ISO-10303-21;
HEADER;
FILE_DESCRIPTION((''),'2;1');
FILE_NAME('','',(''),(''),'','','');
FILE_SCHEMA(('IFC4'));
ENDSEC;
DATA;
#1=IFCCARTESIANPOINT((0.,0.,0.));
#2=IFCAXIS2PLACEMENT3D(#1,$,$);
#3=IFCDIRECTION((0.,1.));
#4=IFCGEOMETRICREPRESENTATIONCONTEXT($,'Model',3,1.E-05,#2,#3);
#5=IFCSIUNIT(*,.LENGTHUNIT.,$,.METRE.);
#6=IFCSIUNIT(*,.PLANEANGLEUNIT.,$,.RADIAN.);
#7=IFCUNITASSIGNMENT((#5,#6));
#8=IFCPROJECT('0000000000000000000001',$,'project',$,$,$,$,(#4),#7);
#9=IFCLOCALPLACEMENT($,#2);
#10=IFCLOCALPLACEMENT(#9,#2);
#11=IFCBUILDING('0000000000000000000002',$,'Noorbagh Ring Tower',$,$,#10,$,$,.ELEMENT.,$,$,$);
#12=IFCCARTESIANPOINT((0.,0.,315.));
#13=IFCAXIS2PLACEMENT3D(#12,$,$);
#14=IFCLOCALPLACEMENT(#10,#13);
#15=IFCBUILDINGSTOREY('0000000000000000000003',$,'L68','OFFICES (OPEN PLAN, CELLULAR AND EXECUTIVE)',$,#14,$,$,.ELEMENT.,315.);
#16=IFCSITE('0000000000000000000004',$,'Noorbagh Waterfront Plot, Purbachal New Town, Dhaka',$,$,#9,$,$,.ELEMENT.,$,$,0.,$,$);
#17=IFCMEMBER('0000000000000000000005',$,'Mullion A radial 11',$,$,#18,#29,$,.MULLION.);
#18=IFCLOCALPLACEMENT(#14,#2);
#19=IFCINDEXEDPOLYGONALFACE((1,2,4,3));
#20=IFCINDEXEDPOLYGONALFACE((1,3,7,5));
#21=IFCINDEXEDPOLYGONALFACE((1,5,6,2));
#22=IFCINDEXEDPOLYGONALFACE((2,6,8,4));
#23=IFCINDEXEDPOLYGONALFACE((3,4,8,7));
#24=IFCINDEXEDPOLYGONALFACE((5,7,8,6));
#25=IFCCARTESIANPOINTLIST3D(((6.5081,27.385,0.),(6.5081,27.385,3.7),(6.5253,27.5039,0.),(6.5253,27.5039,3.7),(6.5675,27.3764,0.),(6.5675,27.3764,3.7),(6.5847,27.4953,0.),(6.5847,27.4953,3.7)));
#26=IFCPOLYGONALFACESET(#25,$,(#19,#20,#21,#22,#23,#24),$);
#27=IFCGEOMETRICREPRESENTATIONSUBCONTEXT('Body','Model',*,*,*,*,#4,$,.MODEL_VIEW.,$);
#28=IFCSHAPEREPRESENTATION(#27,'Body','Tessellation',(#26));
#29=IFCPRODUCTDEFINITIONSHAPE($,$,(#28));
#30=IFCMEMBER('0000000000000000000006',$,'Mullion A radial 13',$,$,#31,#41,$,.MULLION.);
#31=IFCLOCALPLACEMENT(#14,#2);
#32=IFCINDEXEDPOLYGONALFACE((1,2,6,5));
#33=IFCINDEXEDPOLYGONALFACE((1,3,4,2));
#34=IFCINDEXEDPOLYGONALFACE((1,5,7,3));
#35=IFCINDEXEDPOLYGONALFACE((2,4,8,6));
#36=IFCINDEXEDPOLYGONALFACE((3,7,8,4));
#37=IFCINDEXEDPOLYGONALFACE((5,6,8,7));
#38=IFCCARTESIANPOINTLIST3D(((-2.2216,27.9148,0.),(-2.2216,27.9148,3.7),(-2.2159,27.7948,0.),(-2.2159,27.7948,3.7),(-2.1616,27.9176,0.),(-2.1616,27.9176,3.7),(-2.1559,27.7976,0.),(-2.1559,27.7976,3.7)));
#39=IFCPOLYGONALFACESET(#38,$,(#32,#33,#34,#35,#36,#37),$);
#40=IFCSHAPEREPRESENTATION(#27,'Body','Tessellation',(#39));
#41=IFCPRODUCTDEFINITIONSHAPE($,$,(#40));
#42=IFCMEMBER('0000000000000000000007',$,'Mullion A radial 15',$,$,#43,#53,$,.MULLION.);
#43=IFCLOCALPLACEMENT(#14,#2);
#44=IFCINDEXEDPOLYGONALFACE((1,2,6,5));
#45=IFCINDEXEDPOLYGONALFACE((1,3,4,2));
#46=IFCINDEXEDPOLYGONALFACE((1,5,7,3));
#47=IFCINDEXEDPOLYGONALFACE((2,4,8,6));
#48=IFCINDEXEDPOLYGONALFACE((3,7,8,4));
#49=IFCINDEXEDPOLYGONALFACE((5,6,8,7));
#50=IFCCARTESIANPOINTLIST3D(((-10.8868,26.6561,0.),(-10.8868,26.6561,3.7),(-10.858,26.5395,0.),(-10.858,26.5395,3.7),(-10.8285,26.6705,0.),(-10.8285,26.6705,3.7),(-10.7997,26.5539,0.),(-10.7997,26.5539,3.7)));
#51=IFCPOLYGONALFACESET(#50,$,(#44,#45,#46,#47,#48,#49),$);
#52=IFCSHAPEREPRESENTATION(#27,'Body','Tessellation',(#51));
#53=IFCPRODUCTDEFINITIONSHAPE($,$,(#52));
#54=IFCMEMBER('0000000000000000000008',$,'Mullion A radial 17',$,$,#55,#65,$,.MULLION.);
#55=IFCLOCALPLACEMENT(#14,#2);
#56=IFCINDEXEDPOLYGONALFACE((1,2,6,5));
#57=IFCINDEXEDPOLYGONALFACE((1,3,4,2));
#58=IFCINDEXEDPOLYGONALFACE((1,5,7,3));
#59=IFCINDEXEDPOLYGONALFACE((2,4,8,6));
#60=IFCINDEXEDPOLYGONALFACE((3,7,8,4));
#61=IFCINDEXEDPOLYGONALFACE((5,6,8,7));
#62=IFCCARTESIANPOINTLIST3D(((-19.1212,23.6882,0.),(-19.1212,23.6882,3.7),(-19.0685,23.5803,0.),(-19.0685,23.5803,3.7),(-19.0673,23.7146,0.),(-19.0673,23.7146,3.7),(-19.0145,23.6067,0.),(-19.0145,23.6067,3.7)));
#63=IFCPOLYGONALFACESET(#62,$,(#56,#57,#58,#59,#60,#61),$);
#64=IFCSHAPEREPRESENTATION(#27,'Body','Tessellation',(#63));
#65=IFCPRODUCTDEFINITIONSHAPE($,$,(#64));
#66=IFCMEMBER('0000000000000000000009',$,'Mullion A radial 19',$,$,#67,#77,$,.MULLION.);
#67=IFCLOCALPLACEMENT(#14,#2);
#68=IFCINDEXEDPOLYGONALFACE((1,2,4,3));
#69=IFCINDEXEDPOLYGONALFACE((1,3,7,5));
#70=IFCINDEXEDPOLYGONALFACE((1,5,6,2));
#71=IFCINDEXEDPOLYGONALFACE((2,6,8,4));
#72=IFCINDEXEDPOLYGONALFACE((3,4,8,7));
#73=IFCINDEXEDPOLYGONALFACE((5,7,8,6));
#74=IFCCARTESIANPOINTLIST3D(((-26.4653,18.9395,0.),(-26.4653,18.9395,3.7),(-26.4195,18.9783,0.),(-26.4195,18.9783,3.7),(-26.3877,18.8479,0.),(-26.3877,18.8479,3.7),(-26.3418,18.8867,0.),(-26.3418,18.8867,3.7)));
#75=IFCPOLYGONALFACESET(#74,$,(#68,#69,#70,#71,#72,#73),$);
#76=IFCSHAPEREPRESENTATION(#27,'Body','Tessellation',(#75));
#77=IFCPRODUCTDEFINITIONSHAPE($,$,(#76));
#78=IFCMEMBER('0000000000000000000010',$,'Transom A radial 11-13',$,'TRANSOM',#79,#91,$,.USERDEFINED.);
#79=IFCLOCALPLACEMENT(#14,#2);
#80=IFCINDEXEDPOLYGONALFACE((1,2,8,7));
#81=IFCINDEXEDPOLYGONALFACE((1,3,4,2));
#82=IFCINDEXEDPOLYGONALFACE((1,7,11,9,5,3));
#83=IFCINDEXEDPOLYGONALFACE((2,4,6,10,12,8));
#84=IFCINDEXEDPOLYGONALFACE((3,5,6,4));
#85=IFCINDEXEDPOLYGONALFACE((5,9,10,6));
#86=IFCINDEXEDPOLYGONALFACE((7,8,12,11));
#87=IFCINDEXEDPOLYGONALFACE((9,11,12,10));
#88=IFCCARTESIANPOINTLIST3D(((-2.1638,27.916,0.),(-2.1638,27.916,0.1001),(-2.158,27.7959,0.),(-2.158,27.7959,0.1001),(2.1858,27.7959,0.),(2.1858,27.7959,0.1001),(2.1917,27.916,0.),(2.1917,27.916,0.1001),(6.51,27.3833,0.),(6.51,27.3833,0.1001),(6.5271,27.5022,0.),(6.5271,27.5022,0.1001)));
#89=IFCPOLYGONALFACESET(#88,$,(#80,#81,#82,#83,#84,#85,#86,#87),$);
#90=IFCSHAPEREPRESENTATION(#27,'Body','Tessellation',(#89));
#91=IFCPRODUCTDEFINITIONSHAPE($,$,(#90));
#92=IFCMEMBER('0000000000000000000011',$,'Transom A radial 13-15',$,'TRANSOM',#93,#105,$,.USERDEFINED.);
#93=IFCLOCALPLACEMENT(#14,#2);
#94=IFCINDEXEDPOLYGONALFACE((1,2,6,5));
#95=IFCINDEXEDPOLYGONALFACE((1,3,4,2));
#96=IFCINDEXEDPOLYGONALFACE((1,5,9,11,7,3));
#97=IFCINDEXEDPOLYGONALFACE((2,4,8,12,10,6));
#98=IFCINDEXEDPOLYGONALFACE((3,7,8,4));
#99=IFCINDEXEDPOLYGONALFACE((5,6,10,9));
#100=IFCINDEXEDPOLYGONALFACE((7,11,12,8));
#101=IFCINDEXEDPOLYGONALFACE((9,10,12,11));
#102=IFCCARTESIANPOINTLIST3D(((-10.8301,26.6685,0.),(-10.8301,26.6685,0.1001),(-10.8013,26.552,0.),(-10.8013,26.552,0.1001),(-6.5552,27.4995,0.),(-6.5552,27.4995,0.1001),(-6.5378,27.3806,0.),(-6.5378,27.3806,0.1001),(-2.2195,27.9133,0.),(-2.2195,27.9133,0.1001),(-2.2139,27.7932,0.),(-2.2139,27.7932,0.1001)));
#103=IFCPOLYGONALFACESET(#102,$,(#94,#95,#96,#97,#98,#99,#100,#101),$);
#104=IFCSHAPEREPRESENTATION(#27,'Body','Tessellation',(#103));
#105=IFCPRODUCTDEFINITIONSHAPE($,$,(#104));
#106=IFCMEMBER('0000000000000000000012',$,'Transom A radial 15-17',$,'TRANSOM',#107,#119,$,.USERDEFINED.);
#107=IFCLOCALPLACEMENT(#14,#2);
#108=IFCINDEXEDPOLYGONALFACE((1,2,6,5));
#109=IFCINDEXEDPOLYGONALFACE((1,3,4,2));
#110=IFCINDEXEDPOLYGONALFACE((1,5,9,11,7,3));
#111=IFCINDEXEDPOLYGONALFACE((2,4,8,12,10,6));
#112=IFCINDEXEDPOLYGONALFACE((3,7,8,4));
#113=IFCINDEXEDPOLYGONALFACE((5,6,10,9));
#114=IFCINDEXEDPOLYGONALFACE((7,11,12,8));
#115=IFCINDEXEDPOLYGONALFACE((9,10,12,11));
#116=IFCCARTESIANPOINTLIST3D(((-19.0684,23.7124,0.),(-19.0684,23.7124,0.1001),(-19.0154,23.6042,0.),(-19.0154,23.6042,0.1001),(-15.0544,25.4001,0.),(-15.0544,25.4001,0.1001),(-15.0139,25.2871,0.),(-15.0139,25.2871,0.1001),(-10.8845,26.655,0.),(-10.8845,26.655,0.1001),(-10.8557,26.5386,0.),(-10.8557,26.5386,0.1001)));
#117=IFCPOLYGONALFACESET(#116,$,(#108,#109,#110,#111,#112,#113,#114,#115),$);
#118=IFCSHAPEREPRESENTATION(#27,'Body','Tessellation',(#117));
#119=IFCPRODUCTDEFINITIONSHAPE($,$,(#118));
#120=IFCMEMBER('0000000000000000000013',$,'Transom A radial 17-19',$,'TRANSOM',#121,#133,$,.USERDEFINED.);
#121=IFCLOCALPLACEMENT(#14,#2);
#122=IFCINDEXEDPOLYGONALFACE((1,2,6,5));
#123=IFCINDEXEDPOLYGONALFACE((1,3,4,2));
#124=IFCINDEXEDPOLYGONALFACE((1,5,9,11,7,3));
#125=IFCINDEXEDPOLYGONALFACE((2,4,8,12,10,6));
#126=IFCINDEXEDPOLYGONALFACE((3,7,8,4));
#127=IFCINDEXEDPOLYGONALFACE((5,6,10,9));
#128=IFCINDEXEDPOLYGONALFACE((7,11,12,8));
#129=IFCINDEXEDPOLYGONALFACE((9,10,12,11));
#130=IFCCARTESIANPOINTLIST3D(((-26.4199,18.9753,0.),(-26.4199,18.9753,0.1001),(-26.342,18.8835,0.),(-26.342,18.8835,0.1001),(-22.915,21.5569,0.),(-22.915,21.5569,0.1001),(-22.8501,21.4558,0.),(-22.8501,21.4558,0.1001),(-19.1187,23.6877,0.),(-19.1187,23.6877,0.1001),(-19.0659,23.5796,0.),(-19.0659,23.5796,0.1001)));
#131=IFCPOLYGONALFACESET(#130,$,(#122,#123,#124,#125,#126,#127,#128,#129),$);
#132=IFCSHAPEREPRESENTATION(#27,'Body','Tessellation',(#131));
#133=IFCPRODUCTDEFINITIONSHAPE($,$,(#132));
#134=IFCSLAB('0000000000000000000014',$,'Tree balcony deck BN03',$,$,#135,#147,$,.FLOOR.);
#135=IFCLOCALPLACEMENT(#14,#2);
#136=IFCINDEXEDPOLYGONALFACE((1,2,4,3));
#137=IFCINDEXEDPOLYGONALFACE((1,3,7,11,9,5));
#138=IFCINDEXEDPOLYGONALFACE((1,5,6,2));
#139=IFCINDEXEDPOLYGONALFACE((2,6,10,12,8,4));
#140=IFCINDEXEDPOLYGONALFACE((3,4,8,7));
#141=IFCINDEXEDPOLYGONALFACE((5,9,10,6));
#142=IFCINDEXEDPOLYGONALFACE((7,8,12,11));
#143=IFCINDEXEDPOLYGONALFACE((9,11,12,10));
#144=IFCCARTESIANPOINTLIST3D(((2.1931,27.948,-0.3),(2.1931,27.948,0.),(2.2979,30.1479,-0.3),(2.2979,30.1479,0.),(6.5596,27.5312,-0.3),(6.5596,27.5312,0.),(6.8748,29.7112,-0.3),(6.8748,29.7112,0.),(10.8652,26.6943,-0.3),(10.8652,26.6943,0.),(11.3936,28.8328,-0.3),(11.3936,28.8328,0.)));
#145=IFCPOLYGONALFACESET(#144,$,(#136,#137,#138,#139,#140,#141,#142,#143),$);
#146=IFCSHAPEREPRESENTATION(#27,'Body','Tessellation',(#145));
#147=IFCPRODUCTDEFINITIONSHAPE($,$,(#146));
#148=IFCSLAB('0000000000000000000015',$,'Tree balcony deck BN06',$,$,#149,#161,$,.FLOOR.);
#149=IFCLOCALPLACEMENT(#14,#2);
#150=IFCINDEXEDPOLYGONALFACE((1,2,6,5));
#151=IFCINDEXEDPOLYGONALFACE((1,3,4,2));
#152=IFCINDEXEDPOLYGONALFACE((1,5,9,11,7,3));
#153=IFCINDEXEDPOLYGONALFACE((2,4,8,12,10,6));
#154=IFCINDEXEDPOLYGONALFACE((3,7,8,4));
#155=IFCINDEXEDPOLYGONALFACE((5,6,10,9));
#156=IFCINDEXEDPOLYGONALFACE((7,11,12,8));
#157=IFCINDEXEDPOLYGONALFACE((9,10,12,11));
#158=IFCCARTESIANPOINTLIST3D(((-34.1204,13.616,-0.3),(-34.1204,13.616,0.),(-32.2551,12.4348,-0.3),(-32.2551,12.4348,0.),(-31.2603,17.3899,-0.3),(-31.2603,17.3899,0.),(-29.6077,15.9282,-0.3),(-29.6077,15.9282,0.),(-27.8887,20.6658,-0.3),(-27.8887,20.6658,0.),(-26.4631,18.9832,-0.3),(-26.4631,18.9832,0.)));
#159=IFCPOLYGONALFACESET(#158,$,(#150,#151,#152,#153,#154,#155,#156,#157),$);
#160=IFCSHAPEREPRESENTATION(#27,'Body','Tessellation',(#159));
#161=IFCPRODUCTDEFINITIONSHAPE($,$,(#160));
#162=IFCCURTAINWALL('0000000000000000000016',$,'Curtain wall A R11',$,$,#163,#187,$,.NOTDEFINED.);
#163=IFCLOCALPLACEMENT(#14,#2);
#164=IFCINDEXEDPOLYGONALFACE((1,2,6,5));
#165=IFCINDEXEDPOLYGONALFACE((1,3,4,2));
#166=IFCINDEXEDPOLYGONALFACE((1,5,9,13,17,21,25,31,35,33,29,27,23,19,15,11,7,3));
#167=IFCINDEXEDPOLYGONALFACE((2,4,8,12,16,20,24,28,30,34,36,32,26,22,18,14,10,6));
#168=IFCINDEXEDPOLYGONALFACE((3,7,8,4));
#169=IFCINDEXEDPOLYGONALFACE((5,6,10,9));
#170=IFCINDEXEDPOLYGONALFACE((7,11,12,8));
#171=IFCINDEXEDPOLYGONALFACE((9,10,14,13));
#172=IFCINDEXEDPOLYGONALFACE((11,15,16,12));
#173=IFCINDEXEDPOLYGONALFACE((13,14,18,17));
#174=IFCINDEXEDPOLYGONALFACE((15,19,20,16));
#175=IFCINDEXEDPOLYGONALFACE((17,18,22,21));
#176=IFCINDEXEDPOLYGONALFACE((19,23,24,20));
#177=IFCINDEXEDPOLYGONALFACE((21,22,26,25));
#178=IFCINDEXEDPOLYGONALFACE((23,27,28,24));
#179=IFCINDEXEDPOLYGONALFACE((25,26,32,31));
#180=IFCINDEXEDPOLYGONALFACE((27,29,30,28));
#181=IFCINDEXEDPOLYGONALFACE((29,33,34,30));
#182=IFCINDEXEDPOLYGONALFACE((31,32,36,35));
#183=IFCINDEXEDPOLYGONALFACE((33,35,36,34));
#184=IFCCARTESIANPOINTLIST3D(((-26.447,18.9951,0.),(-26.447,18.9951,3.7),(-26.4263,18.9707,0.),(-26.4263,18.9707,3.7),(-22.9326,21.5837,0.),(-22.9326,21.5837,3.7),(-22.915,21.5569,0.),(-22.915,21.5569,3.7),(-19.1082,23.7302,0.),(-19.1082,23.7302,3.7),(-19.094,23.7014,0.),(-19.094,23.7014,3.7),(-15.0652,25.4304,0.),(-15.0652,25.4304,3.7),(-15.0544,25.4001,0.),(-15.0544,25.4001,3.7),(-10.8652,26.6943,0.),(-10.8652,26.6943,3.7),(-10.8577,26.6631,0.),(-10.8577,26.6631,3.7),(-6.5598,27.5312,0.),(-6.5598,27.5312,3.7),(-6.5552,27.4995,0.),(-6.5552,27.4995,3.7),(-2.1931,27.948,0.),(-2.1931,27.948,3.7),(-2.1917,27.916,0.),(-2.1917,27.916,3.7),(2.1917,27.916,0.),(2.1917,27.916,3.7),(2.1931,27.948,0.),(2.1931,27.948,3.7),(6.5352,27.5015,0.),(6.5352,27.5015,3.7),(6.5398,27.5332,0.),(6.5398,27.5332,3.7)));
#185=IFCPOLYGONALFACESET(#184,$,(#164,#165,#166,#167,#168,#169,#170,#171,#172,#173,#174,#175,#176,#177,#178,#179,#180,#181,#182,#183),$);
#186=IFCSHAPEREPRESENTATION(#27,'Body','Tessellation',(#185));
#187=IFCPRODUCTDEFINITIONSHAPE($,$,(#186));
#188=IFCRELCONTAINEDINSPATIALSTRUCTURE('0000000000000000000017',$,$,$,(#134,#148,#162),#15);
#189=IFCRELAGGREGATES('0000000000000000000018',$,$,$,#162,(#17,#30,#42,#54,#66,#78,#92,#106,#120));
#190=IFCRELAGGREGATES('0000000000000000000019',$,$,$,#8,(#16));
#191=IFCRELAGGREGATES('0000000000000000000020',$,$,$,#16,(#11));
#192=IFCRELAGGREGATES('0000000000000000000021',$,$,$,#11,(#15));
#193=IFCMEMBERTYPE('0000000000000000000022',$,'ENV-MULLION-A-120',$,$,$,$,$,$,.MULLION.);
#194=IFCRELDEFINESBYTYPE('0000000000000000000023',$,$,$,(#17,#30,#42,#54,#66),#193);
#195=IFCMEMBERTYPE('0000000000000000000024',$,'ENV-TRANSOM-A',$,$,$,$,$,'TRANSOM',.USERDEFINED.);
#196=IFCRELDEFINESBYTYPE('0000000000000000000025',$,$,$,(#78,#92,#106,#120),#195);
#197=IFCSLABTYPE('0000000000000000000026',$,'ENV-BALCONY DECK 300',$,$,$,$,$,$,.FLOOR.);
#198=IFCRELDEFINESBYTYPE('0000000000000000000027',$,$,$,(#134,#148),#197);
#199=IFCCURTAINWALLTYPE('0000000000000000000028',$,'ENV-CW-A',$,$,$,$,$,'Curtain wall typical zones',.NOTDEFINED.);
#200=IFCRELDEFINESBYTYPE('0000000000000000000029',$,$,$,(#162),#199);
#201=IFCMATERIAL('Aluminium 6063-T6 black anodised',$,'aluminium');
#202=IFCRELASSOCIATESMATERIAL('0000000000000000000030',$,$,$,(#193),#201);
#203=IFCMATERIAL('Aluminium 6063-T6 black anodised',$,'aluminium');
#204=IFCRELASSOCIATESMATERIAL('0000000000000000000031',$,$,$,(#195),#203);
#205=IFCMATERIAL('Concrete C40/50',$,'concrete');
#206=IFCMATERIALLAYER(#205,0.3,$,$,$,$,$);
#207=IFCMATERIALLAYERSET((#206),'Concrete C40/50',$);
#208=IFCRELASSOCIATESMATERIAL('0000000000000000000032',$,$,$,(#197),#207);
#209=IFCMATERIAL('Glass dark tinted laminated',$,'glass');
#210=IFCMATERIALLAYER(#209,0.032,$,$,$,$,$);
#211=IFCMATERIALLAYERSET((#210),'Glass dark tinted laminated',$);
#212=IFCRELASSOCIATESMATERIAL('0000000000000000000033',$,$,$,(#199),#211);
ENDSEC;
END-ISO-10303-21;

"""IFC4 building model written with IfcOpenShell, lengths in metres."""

from ifc_helpers import new_model, si_unit, direction, frame, origin, origin_2d, place, context, subcontext, project, spatial, polyline, rectangle, outline, extrude, material, layer, layer_set, material_profile, profile_set, type_object, element, aggregate, save


model = new_model("IFC4")

# Units and contexts
model_context = context("Model", 3, precision=1e-05, world=origin(), true_north=direction((0.0, 1.0)))
body_context = subcontext(model_context, "Body", "Model", "MODEL_VIEW")
ifc_project = project(units=[si_unit("LENGTHUNIT", "METRE"), si_unit("PLANEANGLEUNIT", "RADIAN")], contexts=[model_context])

# Members
ifc_material_1 = material(Name="Aluminium 6063-T6 black anodised", Category="aluminium")
ifc_material_profile = material_profile(ifc_material_1, rectangle(XDim=0.1201, YDim=0.0601, at=origin_2d()), Name="120x60")
ifc_profile_set = profile_set([ifc_material_profile], Name="Aluminium 6063-T6 black anodised")
member_type_1 = type_object("IfcMemberType", Name="ENV-MULLION-A-120", PredefinedType="MULLION", material=ifc_profile_set)
site_placement = place(None, origin())
building_placement = place(site_placement, origin())
storey_placement = place(building_placement, frame((0.0, 0.0, 315.0)))
member_1_placement = place(storey_placement, frame((6.5464, 27.4402, 0.0), z_axis=(0.0, 0.0, 1.0), x_axis=(-0.143082, -0.989711, 0.0)))
member_1 = element("IfcMember", 1, at=member_1_placement, type_object=member_type_1, Name="Mullion A radial 11", PredefinedType="MULLION", context=body_context, shape_type="SweptSolid", body=[
    extrude(rectangle(XDim=0.1201, YDim=0.0601, at=origin_2d()), origin(), (0.0, 0.0, 1.0), 3.7),
])
member_2_placement = place(storey_placement, frame((-2.1887, 27.8562, 0.0), z_axis=(0.0, 0.0, 1.0), x_axis=(0.047558, -0.998868, 0.0)))
member_2 = element("IfcMember", 2, at=member_2_placement, type_object=member_type_1, Name="Mullion A radial 13", PredefinedType="MULLION", context=body_context, shape_type="SweptSolid", body=[
    extrude(rectangle(XDim=0.1201, YDim=0.0601, at=origin_2d()), origin(), (0.0, 0.0, 1.0), 3.7),
])
member_3_placement = place(storey_placement, frame((-10.8433, 26.605, 0.0), z_axis=(0.0, 0.0, 1.0), x_axis=(0.239799, -0.970823, 0.0)))
member_3 = element("IfcMember", 3, at=member_3_placement, type_object=member_type_1, Name="Mullion A radial 15", PredefinedType="MULLION", context=body_context, shape_type="SweptSolid", body=[
    extrude(rectangle(XDim=0.1201, YDim=0.0601, at=origin_2d()), origin(), (0.0, 0.0, 1.0), 3.7),
])
member_4_placement = place(storey_placement, frame((-19.0679, 23.6475, 0.0), z_axis=(0.0, 0.0, 1.0), x_axis=(0.439238, -0.898371, 0.0)))
member_4 = element("IfcMember", 4, at=member_4_placement, type_object=member_type_1, Name="Mullion A radial 17", PredefinedType="MULLION", context=body_context, shape_type="SweptSolid", body=[
    extrude(rectangle(XDim=0.1201, YDim=0.0601, at=origin_2d()), origin(), (0.0, 0.0, 1.0), 3.7),
])
member_5_placement = place(storey_placement, frame((-26.4036, 18.9131, 0.0), z_axis=(0.0, 0.0, 1.0), x_axis=(0.646451, -0.762955, 0.0)))
member_5 = element("IfcMember", 5, at=member_5_placement, type_object=member_type_1, Name="Mullion A radial 19", PredefinedType="MULLION", context=body_context, shape_type="SweptSolid", body=[
    extrude(rectangle(XDim=0.1201, YDim=0.0601, at=origin_2d()), origin(), (0.0, 0.0, 1.0), 3.7),
])
ifc_material_2 = material(Name="Aluminium 6063-T6 black anodised", Category="aluminium")
member_type_2 = type_object("IfcMemberType", Name="ENV-TRANSOM-A", ElementType="TRANSOM", PredefinedType="USERDEFINED", material=ifc_material_2)
member_6_placement = place(storey_placement, origin())
member_6 = element("IfcMember", 6, at=member_6_placement, type_object=member_type_2, Name="Transom A radial 11-13", ObjectType="TRANSOM", PredefinedType="USERDEFINED", context=body_context, shape_type="SweptSolid", body=[
    extrude(outline(polyline([(6.5271, 27.5022), (2.1917, 27.916), (-2.1638, 27.916), (-2.158, 27.7959), (2.1858, 27.7959), (6.51, 27.3833), (6.5271, 27.5022)])), origin(), (0.0, 0.0, 1.0), 0.1001),
])
member_7_placement = place(storey_placement, origin())
member_7 = element("IfcMember", 7, at=member_7_placement, type_object=member_type_2, Name="Transom A radial 13-15", ObjectType="TRANSOM", PredefinedType="USERDEFINED", context=body_context, shape_type="SweptSolid", body=[
    extrude(outline(polyline([(-2.2195, 27.9133), (-6.5552, 27.4995), (-10.8301, 26.6685), (-10.8013, 26.552), (-6.5378, 27.3806), (-2.2139, 27.7932), (-2.2195, 27.9133)])), origin(), (0.0, 0.0, 1.0), 0.1001),
])
member_8_placement = place(storey_placement, origin())
member_8 = element("IfcMember", 8, at=member_8_placement, type_object=member_type_2, Name="Transom A radial 15-17", ObjectType="TRANSOM", PredefinedType="USERDEFINED", context=body_context, shape_type="SweptSolid", body=[
    extrude(outline(polyline([(-10.8845, 26.655), (-15.0544, 25.4001), (-19.0684, 23.7124), (-19.0154, 23.6042), (-15.0139, 25.2871), (-10.8557, 26.5386), (-10.8845, 26.655)])), origin(), (0.0, 0.0, 1.0), 0.1001),
])
member_9_placement = place(storey_placement, origin())
member_9 = element("IfcMember", 9, at=member_9_placement, type_object=member_type_2, Name="Transom A radial 17-19", ObjectType="TRANSOM", PredefinedType="USERDEFINED", context=body_context, shape_type="SweptSolid", body=[
    extrude(outline(polyline([(-19.1187, 23.6877), (-22.915, 21.5569), (-26.4199, 18.9753), (-26.342, 18.8835), (-22.8501, 21.4558), (-19.0659, 23.5796), (-19.1187, 23.6877)])), origin(), (0.0, 0.0, 1.0), 0.1001),
])

# Site, building, storey
site = spatial("IfcSite", under=ifc_project, at=site_placement, Name="Noorbagh Waterfront Plot, Purbachal New Town, Dhaka", CompositionType="ELEMENT", RefElevation=0.0)
building = spatial("IfcBuilding", under=site, at=building_placement, Name="Noorbagh Ring Tower", CompositionType="ELEMENT")
storey = spatial("IfcBuildingStorey", under=building, at=storey_placement, Name="L68", Description="OFFICES (OPEN PLAN, CELLULAR AND EXECUTIVE)", CompositionType="ELEMENT", Elevation=315.0)

# Slabs
ifc_material_3 = material(Name="Concrete C40/50", Category="concrete")
ifc_layer_1 = layer(ifc_material_3, 0.3)
ifc_layer_set_1 = layer_set([ifc_layer_1], Name="Concrete C40/50")
slab_type = type_object("IfcSlabType", Name="ENV-BALCONY DECK 300", PredefinedType="FLOOR", material=ifc_layer_set_1)
slab_1_placement = place(storey_placement, frame((0.0, 0.0, -0.3)))
element("IfcSlab", 10, at=slab_1_placement, inside=storey, type_object=slab_type, Name="Tree balcony deck BN03", PredefinedType="FLOOR", context=body_context, shape_type="SweptSolid", body=[
    extrude(outline(polyline([(11.3936, 28.8328), (6.8748, 29.7112), (2.2979, 30.1479), (2.1931, 27.948), (6.5596, 27.5312), (10.8652, 26.6943), (11.3936, 28.8328)])), origin(), (0.0, 0.0, 1.0), 0.3),
])
slab_2_placement = place(storey_placement, frame((0.0, 0.0, -0.3)))
element("IfcSlab", 11, at=slab_2_placement, inside=storey, type_object=slab_type, Name="Tree balcony deck BN06", PredefinedType="FLOOR", context=body_context, shape_type="SweptSolid", body=[
    extrude(outline(polyline([(-27.8887, 20.6658), (-31.2603, 17.3899), (-34.1204, 13.616), (-32.2551, 12.4348), (-29.6077, 15.9282), (-26.4631, 18.9832), (-27.8887, 20.6658)])), origin(), (0.0, 0.0, 1.0), 0.3),
])

# Curtain wall
ifc_material_4 = material(Name="Glass dark tinted laminated", Category="glass")
ifc_layer_2 = layer(ifc_material_4, 0.032)
ifc_layer_set_2 = layer_set([ifc_layer_2], Name="Glass dark tinted laminated")
curtain_wall_type = type_object("IfcCurtainWallType", Name="ENV-CW-A", ElementType="Curtain wall typical zones", PredefinedType="NOTDEFINED", material=ifc_layer_set_2)
curtain_wall_1_placement = place(storey_placement, origin())
curtain_wall_1 = element("IfcCurtainWall", 12, at=curtain_wall_1_placement, inside=storey, type_object=curtain_wall_type, Name="Curtain wall A R11", PredefinedType="NOTDEFINED", context=body_context, shape_type="SweptSolid", body=[
    extrude(outline(polyline([(6.5398, 27.5332), (2.1931, 27.948), (-2.1931, 27.948), (-6.5598, 27.5312), (-10.8652, 26.6943), (-15.0652, 25.4304), (-19.1082, 23.7302), (-22.9326, 21.5837), (-26.447, 18.9951), (-26.4263, 18.9707), (-22.915, 21.5569), (-19.094, 23.7014), (-15.0544, 25.4001), (-10.8577, 26.6631), (-6.5552, 27.4995), (-2.1917, 27.916), (2.1917, 27.916), (6.5352, 27.5015), (6.5398, 27.5332)])), origin(), (0.0, 0.0, 1.0), 3.7),
])
aggregate(curtain_wall_1, [member_1, member_2, member_3, member_4, member_5, member_6, member_7, member_8, member_9])

save(model, "model.ifc")
